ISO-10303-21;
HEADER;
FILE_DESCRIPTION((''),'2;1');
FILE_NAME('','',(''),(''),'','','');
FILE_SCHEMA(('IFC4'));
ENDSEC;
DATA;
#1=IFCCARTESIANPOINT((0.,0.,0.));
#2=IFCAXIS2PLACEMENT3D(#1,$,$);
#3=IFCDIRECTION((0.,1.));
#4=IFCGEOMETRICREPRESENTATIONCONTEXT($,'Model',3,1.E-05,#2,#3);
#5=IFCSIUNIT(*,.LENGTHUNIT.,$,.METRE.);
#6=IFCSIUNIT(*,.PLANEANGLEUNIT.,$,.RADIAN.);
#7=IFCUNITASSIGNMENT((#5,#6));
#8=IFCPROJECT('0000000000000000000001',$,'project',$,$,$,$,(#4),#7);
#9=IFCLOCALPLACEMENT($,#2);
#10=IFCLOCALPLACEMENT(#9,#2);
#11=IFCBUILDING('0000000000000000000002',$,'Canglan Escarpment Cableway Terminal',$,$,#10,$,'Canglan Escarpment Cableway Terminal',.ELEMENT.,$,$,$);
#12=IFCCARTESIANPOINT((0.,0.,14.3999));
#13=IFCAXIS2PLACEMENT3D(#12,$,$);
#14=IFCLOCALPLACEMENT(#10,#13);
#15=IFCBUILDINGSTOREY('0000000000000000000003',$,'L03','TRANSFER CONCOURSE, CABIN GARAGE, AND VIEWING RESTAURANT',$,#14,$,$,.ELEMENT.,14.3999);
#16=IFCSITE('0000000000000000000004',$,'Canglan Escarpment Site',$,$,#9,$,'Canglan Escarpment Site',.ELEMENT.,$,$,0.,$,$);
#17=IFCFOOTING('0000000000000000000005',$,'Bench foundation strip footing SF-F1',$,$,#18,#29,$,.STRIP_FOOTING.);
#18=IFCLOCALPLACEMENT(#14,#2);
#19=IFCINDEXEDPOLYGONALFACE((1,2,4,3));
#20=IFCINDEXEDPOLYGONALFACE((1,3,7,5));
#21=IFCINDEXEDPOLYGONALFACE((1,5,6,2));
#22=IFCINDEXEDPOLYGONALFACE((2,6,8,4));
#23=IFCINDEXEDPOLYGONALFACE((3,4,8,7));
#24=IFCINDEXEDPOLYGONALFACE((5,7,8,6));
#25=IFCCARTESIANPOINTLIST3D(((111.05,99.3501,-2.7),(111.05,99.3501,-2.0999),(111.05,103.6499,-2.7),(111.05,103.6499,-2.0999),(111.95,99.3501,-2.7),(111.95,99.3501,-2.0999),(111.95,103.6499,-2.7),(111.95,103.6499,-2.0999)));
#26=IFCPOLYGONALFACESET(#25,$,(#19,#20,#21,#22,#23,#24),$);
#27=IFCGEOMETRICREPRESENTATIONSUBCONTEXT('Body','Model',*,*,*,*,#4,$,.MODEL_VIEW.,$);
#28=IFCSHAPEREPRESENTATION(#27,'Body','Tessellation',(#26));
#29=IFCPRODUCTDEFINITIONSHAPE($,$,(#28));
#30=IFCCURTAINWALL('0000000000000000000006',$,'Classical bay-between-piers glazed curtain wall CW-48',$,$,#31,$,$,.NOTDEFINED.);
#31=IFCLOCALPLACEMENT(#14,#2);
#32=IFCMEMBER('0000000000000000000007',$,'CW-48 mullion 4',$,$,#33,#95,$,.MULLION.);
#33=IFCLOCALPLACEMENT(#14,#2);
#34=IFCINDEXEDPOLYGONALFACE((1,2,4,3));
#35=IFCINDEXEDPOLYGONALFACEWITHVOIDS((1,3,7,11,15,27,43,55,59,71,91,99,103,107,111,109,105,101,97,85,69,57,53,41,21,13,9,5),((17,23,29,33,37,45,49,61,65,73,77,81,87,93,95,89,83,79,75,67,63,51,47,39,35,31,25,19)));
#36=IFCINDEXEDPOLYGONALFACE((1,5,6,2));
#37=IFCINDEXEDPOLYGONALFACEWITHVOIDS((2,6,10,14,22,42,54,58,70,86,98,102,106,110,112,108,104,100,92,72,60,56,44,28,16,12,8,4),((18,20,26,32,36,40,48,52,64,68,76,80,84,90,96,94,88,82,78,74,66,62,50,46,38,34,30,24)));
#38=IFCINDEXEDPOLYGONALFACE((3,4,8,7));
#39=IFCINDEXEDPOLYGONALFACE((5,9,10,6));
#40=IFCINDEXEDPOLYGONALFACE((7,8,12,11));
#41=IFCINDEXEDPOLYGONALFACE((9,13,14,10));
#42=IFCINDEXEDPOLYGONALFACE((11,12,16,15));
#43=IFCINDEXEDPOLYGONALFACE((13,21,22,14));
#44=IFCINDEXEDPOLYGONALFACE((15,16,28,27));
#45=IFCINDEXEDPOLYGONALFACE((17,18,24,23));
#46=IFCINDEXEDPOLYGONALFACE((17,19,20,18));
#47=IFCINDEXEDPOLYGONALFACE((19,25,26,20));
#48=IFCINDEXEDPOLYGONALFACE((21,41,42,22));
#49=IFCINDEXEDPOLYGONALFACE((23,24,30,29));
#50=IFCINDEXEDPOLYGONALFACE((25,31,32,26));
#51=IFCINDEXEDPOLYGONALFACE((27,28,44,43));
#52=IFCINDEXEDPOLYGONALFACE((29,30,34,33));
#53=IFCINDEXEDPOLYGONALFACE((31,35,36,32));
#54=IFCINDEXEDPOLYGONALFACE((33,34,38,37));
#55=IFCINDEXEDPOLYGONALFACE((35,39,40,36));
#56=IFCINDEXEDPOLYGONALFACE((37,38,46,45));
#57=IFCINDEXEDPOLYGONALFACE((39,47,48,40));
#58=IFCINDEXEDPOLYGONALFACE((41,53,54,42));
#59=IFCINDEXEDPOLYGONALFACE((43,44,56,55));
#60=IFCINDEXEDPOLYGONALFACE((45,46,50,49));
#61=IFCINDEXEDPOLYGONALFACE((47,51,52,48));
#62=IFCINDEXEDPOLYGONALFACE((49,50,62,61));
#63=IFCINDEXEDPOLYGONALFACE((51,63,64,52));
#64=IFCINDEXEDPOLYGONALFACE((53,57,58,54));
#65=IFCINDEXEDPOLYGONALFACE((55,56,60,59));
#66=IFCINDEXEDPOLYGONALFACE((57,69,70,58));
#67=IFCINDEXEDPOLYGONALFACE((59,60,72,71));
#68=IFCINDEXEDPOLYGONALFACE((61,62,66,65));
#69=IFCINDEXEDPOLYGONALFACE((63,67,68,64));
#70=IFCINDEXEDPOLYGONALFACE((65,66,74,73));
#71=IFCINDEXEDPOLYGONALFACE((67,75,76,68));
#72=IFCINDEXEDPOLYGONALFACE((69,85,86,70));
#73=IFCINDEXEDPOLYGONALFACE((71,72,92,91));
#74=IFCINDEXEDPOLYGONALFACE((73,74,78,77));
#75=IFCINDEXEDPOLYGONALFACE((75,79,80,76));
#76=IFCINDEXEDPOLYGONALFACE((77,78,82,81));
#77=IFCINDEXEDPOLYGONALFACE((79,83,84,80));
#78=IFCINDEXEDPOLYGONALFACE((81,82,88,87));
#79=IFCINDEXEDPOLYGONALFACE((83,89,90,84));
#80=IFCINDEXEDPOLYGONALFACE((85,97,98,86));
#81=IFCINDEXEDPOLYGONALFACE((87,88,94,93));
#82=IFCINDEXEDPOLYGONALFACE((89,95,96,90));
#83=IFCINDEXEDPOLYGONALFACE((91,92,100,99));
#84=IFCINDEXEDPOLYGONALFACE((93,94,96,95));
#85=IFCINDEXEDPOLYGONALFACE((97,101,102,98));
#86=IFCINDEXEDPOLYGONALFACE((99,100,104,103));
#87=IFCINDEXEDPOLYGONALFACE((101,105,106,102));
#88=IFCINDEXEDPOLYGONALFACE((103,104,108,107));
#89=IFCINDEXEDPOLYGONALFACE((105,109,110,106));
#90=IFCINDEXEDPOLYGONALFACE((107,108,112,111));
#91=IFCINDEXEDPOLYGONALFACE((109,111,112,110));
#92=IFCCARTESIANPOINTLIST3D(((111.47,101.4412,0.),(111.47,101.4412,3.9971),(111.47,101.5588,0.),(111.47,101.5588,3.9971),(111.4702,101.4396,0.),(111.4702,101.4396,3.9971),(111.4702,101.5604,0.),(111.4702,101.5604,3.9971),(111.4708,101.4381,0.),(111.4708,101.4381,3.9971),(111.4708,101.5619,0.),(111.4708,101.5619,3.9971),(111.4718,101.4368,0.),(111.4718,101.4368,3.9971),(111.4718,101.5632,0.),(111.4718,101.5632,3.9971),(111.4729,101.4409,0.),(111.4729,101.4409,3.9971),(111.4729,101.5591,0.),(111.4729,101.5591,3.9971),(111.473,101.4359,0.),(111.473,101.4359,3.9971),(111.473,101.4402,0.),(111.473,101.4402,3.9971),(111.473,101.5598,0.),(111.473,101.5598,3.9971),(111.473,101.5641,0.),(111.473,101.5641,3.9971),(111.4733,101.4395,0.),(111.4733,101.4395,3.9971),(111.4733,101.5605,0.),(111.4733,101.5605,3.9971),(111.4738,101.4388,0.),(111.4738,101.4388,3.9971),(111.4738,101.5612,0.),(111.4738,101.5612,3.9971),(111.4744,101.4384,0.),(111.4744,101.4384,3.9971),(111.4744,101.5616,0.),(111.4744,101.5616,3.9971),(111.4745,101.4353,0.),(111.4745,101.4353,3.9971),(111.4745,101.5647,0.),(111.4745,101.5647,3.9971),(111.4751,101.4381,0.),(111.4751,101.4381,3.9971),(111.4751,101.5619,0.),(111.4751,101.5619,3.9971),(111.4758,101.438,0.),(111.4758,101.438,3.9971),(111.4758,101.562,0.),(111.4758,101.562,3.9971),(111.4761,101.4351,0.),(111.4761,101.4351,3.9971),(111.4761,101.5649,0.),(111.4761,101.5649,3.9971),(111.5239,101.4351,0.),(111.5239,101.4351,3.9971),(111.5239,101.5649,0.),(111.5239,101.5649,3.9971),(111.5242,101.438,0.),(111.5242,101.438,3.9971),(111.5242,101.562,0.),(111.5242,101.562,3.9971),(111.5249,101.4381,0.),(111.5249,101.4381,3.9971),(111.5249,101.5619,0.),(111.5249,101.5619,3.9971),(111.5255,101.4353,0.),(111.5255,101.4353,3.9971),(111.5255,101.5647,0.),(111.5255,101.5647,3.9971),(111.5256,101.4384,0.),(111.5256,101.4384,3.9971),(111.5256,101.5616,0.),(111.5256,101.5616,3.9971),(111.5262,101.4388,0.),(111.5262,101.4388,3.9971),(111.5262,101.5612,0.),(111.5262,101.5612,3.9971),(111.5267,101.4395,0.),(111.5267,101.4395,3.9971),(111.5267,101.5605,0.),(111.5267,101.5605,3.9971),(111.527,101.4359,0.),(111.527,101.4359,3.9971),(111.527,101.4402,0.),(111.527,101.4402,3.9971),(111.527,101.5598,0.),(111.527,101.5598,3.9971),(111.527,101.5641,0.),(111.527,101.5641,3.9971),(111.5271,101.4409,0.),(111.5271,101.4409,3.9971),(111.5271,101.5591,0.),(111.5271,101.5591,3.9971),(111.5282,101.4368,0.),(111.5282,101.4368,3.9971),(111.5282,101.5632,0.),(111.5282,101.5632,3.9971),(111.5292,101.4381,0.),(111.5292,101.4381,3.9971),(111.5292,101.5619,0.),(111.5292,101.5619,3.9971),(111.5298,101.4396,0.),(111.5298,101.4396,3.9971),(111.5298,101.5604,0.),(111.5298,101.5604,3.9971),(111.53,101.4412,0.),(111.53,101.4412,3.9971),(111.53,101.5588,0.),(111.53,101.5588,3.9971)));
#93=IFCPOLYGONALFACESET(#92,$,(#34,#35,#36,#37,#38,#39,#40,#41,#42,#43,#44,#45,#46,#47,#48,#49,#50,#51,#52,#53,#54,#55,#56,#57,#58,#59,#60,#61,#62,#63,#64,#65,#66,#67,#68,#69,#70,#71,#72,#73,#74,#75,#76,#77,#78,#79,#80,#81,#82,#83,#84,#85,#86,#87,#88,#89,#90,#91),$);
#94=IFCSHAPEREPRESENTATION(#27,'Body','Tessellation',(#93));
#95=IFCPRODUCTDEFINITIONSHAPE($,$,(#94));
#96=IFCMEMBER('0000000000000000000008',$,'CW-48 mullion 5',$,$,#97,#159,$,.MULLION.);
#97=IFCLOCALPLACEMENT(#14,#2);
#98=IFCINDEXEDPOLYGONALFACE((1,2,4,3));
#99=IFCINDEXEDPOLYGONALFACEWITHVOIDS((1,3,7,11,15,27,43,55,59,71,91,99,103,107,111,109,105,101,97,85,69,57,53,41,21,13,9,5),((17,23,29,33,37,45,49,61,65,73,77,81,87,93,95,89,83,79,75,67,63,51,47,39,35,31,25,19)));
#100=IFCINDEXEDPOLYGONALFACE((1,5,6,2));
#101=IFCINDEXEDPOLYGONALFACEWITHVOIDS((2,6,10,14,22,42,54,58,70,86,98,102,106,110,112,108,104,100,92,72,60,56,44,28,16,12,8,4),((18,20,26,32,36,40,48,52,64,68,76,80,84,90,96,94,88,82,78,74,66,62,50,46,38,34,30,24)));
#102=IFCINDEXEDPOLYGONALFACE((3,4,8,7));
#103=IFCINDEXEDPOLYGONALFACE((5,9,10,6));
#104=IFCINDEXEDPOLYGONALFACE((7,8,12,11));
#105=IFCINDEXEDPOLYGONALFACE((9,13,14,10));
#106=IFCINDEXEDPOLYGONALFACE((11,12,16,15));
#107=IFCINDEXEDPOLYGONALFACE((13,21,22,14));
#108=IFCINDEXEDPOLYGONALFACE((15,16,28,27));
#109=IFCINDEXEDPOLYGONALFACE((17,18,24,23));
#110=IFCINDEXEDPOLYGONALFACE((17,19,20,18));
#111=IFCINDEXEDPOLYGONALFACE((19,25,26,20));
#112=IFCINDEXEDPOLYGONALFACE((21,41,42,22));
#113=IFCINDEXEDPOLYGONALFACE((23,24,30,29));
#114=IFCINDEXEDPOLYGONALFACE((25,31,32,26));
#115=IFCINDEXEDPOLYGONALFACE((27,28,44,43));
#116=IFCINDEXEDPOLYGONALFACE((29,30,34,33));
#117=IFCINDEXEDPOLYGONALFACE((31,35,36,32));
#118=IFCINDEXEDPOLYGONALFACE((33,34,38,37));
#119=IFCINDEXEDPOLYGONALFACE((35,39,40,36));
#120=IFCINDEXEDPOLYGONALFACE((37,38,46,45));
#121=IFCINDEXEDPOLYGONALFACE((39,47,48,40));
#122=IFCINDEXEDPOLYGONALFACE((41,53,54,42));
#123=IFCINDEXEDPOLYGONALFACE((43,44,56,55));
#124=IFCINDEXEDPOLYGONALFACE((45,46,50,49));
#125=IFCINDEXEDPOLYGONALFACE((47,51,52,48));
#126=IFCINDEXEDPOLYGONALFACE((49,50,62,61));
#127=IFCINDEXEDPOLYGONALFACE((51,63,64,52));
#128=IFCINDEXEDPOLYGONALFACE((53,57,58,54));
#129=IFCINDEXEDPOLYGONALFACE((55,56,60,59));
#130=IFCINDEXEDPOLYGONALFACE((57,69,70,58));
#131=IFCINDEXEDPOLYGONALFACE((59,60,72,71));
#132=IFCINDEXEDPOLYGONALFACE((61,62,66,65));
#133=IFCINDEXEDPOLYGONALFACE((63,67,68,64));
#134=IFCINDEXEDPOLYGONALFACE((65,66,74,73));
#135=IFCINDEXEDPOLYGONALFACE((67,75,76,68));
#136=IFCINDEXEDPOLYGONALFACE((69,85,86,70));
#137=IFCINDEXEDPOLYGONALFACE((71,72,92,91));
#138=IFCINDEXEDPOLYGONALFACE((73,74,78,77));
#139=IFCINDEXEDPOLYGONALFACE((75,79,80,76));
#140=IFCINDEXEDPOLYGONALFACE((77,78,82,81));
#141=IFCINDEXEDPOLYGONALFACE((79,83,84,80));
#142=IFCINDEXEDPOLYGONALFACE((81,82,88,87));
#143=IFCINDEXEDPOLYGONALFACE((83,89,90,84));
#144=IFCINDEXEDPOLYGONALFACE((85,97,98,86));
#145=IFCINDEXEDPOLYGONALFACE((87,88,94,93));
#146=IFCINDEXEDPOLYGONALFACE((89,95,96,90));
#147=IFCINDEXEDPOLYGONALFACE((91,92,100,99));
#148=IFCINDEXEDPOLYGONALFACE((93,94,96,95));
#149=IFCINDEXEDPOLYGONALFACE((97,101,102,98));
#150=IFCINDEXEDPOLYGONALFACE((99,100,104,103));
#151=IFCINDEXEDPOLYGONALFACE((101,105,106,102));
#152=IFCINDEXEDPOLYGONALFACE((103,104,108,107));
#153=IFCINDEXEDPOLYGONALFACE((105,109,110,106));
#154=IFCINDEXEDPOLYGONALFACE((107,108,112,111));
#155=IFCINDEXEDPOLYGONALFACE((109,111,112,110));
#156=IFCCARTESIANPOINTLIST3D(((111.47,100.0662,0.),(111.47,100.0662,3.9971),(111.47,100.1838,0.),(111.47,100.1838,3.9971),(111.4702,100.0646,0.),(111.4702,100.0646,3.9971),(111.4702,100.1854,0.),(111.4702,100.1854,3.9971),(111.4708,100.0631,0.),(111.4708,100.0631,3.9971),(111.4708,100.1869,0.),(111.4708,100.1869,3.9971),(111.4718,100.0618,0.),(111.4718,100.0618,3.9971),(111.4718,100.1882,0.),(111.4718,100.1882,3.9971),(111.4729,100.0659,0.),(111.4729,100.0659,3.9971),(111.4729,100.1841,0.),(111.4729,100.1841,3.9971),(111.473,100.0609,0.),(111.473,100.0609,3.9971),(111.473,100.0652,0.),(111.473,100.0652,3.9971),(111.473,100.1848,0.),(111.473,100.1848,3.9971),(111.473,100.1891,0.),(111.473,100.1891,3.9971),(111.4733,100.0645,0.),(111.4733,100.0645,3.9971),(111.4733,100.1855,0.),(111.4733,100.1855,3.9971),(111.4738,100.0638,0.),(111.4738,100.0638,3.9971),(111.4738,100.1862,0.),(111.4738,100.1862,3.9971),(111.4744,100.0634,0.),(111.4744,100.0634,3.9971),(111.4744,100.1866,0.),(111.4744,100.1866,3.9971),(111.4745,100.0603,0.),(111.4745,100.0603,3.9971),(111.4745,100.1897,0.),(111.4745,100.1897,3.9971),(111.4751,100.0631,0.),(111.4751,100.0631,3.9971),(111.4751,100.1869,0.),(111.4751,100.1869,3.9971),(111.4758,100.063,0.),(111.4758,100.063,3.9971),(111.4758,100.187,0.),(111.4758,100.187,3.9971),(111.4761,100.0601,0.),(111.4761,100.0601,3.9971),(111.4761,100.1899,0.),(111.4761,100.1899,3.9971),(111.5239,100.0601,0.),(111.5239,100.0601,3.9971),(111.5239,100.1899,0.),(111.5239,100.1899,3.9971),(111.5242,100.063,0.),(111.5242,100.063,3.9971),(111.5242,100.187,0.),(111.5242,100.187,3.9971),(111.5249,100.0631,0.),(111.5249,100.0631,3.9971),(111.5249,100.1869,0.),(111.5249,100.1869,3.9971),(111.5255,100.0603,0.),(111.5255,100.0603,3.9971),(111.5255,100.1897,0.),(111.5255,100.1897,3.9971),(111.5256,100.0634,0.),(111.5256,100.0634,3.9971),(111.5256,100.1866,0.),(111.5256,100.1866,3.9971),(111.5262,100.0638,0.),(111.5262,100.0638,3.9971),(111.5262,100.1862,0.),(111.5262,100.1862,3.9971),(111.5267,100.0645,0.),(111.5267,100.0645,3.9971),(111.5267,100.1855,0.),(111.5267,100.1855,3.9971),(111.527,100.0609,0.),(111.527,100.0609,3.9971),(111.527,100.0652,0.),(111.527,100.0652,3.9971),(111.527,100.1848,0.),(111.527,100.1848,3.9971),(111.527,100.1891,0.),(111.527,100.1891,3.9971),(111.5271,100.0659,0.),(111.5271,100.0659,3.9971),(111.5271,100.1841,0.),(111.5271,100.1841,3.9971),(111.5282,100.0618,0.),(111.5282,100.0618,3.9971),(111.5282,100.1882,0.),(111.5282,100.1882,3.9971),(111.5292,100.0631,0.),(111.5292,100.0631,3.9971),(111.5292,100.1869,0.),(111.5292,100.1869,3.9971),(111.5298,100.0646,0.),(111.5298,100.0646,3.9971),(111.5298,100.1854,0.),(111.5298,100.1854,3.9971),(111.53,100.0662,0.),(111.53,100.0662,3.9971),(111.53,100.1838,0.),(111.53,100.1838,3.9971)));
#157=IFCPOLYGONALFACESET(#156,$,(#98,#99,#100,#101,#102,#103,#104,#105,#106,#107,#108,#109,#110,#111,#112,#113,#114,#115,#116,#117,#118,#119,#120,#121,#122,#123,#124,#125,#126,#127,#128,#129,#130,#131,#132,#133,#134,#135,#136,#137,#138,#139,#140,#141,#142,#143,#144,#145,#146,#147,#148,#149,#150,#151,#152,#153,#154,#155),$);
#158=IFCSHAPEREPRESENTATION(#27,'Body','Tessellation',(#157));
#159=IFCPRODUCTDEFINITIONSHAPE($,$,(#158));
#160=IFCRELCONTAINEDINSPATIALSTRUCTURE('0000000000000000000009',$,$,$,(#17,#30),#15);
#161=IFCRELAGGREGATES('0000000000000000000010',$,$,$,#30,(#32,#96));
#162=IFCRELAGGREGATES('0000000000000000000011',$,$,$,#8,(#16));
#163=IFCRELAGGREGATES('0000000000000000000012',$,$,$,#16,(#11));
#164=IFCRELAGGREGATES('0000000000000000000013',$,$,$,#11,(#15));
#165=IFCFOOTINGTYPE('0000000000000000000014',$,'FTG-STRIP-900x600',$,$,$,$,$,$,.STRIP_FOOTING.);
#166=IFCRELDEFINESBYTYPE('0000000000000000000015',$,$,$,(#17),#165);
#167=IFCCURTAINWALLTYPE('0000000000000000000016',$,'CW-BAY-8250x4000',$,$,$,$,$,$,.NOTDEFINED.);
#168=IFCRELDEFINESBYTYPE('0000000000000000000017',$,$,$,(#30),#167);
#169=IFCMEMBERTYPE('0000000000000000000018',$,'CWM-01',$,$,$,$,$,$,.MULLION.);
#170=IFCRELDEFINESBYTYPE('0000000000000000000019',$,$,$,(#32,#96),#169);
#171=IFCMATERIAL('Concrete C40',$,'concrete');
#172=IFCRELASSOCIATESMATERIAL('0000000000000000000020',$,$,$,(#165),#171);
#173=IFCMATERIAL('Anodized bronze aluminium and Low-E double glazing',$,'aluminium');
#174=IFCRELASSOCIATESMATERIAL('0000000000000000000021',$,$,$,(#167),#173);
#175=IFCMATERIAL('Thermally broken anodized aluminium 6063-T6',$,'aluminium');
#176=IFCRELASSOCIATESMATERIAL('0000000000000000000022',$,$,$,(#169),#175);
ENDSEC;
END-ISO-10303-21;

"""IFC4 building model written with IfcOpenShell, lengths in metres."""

from ifc_helpers import new_model, si_unit, direction, frame, origin, origin_2d, place, context, subcontext, project, spatial, rectangle, hollow_rectangle, extrude, material, material_profile, profile_set, type_object, element, aggregate, save


model = new_model("IFC4")

# Units and contexts
model_context = context("Model", 3, precision=1e-05, world=origin(), true_north=direction((0.0, 1.0)))
body_context = subcontext(model_context, "Body", "Model", "MODEL_VIEW")
ifc_project = project(units=[si_unit("LENGTHUNIT", "METRE"), si_unit("PLANEANGLEUNIT", "RADIAN")], contexts=[model_context])

# Site, building, storey
site_placement = place(None, origin())
site = spatial("IfcSite", under=ifc_project, at=site_placement, Name="Canglan Escarpment Site", LongName="Canglan Escarpment Site", CompositionType="ELEMENT", RefElevation=0.0)
building_placement = place(site_placement, origin())
building = spatial("IfcBuilding", under=site, at=building_placement, Name="Canglan Escarpment Cableway Terminal", LongName="Canglan Escarpment Cableway Terminal", CompositionType="ELEMENT")
storey_placement = place(building_placement, frame((0.0, 0.0, 14.3999)))
storey = spatial("IfcBuildingStorey", under=building, at=storey_placement, Name="L03", Description="TRANSFER CONCOURSE, CABIN GARAGE, AND VIEWING RESTAURANT", CompositionType="ELEMENT", Elevation=14.3999)

# Footing
ifc_material_1 = material(Name="Concrete C40", Category="concrete")
ifc_material_profile_1 = material_profile(ifc_material_1, rectangle(XDim=0.8999, YDim=0.6001, at=origin_2d()), Name="SF 900x600")
ifc_profile_set_1 = profile_set([ifc_material_profile_1], Name="Concrete C40")
footing_type = type_object("IfcFootingType", Name="FTG-STRIP-900x600", PredefinedType="STRIP_FOOTING", material=ifc_profile_set_1)
footing_placement = place(storey_placement, frame((111.5, 99.3501, -2.3999), z_axis=(0.0, 1.0, 0.0), x_axis=(-1.0, 0.0, 0.0)))
element("IfcFooting", 1, at=footing_placement, inside=storey, type_object=footing_type, Name="Bench foundation strip footing SF-F1", PredefinedType="STRIP_FOOTING", context=body_context, shape_type="SweptSolid", body=[
    extrude(rectangle(XDim=0.8999, YDim=0.6001, at=origin_2d()), origin(), (0.0, 0.0, 1.0), 4.2998),
])

# Curtain wall, members
ifc_material_2 = material(Name="Anodized bronze aluminium and Low-E double glazing", Category="aluminium")
curtain_wall_type = type_object("IfcCurtainWallType", Name="CW-BAY-8250x4000", PredefinedType="NOTDEFINED", material=ifc_material_2)
curtain_wall_placement = place(storey_placement, origin())
curtain_wall = element("IfcCurtainWall", 2, at=curtain_wall_placement, inside=storey, type_object=curtain_wall_type, Name="Classical bay-between-piers glazed curtain wall CW-48", PredefinedType="NOTDEFINED")
ifc_material_3 = material(Name="Thermally broken anodized aluminium 6063-T6", Category="aluminium")
ifc_material_profile_2 = material_profile(ifc_material_3, hollow_rectangle(XDim=0.0601, YDim=0.1299, WallThickness=0.0029, InnerFilletRadius=0.0029, OuterFilletRadius=0.0061, at=origin_2d()), Name="ALU-MULL 60x130x3")
ifc_profile_set_2 = profile_set([ifc_material_profile_2], Name="Thermally broken anodized aluminium 6063-T6")
member_type_1 = type_object("IfcMemberType", Name="CWM-01", PredefinedType="MULLION", material=ifc_profile_set_2)
member_1_placement = place(storey_placement, frame((111.5, 101.5, 0.0), z_axis=(0.0, 0.0, 1.0), x_axis=(1.0, 0.0, 0.0)))
member_1 = element("IfcMember", 3, at=member_1_placement, type_object=member_type_1, Name="CW-48 mullion 4", PredefinedType="MULLION", context=body_context, shape_type="SweptSolid", body=[
    extrude(hollow_rectangle(XDim=0.0601, YDim=0.1299, WallThickness=0.0029, InnerFilletRadius=0.0029, OuterFilletRadius=0.0061, at=origin_2d()), origin(), (0.0, 0.0, 1.0), 3.9971),
])
member_2_placement = place(storey_placement, frame((111.5, 100.125, 0.0), z_axis=(0.0, 0.0, 1.0), x_axis=(1.0, 0.0, 0.0)))
member_2 = element("IfcMember", 4, at=member_2_placement, type_object=member_type_1, Name="CW-48 mullion 5", PredefinedType="MULLION", context=body_context, shape_type="SweptSolid", body=[
    extrude(hollow_rectangle(XDim=0.0601, YDim=0.1299, WallThickness=0.0029, InnerFilletRadius=0.0029, OuterFilletRadius=0.0061, at=origin_2d()), origin(), (0.0, 0.0, 1.0), 3.9971),
])
aggregate(curtain_wall, [member_1, member_2])

save(model, "model.ifc")
